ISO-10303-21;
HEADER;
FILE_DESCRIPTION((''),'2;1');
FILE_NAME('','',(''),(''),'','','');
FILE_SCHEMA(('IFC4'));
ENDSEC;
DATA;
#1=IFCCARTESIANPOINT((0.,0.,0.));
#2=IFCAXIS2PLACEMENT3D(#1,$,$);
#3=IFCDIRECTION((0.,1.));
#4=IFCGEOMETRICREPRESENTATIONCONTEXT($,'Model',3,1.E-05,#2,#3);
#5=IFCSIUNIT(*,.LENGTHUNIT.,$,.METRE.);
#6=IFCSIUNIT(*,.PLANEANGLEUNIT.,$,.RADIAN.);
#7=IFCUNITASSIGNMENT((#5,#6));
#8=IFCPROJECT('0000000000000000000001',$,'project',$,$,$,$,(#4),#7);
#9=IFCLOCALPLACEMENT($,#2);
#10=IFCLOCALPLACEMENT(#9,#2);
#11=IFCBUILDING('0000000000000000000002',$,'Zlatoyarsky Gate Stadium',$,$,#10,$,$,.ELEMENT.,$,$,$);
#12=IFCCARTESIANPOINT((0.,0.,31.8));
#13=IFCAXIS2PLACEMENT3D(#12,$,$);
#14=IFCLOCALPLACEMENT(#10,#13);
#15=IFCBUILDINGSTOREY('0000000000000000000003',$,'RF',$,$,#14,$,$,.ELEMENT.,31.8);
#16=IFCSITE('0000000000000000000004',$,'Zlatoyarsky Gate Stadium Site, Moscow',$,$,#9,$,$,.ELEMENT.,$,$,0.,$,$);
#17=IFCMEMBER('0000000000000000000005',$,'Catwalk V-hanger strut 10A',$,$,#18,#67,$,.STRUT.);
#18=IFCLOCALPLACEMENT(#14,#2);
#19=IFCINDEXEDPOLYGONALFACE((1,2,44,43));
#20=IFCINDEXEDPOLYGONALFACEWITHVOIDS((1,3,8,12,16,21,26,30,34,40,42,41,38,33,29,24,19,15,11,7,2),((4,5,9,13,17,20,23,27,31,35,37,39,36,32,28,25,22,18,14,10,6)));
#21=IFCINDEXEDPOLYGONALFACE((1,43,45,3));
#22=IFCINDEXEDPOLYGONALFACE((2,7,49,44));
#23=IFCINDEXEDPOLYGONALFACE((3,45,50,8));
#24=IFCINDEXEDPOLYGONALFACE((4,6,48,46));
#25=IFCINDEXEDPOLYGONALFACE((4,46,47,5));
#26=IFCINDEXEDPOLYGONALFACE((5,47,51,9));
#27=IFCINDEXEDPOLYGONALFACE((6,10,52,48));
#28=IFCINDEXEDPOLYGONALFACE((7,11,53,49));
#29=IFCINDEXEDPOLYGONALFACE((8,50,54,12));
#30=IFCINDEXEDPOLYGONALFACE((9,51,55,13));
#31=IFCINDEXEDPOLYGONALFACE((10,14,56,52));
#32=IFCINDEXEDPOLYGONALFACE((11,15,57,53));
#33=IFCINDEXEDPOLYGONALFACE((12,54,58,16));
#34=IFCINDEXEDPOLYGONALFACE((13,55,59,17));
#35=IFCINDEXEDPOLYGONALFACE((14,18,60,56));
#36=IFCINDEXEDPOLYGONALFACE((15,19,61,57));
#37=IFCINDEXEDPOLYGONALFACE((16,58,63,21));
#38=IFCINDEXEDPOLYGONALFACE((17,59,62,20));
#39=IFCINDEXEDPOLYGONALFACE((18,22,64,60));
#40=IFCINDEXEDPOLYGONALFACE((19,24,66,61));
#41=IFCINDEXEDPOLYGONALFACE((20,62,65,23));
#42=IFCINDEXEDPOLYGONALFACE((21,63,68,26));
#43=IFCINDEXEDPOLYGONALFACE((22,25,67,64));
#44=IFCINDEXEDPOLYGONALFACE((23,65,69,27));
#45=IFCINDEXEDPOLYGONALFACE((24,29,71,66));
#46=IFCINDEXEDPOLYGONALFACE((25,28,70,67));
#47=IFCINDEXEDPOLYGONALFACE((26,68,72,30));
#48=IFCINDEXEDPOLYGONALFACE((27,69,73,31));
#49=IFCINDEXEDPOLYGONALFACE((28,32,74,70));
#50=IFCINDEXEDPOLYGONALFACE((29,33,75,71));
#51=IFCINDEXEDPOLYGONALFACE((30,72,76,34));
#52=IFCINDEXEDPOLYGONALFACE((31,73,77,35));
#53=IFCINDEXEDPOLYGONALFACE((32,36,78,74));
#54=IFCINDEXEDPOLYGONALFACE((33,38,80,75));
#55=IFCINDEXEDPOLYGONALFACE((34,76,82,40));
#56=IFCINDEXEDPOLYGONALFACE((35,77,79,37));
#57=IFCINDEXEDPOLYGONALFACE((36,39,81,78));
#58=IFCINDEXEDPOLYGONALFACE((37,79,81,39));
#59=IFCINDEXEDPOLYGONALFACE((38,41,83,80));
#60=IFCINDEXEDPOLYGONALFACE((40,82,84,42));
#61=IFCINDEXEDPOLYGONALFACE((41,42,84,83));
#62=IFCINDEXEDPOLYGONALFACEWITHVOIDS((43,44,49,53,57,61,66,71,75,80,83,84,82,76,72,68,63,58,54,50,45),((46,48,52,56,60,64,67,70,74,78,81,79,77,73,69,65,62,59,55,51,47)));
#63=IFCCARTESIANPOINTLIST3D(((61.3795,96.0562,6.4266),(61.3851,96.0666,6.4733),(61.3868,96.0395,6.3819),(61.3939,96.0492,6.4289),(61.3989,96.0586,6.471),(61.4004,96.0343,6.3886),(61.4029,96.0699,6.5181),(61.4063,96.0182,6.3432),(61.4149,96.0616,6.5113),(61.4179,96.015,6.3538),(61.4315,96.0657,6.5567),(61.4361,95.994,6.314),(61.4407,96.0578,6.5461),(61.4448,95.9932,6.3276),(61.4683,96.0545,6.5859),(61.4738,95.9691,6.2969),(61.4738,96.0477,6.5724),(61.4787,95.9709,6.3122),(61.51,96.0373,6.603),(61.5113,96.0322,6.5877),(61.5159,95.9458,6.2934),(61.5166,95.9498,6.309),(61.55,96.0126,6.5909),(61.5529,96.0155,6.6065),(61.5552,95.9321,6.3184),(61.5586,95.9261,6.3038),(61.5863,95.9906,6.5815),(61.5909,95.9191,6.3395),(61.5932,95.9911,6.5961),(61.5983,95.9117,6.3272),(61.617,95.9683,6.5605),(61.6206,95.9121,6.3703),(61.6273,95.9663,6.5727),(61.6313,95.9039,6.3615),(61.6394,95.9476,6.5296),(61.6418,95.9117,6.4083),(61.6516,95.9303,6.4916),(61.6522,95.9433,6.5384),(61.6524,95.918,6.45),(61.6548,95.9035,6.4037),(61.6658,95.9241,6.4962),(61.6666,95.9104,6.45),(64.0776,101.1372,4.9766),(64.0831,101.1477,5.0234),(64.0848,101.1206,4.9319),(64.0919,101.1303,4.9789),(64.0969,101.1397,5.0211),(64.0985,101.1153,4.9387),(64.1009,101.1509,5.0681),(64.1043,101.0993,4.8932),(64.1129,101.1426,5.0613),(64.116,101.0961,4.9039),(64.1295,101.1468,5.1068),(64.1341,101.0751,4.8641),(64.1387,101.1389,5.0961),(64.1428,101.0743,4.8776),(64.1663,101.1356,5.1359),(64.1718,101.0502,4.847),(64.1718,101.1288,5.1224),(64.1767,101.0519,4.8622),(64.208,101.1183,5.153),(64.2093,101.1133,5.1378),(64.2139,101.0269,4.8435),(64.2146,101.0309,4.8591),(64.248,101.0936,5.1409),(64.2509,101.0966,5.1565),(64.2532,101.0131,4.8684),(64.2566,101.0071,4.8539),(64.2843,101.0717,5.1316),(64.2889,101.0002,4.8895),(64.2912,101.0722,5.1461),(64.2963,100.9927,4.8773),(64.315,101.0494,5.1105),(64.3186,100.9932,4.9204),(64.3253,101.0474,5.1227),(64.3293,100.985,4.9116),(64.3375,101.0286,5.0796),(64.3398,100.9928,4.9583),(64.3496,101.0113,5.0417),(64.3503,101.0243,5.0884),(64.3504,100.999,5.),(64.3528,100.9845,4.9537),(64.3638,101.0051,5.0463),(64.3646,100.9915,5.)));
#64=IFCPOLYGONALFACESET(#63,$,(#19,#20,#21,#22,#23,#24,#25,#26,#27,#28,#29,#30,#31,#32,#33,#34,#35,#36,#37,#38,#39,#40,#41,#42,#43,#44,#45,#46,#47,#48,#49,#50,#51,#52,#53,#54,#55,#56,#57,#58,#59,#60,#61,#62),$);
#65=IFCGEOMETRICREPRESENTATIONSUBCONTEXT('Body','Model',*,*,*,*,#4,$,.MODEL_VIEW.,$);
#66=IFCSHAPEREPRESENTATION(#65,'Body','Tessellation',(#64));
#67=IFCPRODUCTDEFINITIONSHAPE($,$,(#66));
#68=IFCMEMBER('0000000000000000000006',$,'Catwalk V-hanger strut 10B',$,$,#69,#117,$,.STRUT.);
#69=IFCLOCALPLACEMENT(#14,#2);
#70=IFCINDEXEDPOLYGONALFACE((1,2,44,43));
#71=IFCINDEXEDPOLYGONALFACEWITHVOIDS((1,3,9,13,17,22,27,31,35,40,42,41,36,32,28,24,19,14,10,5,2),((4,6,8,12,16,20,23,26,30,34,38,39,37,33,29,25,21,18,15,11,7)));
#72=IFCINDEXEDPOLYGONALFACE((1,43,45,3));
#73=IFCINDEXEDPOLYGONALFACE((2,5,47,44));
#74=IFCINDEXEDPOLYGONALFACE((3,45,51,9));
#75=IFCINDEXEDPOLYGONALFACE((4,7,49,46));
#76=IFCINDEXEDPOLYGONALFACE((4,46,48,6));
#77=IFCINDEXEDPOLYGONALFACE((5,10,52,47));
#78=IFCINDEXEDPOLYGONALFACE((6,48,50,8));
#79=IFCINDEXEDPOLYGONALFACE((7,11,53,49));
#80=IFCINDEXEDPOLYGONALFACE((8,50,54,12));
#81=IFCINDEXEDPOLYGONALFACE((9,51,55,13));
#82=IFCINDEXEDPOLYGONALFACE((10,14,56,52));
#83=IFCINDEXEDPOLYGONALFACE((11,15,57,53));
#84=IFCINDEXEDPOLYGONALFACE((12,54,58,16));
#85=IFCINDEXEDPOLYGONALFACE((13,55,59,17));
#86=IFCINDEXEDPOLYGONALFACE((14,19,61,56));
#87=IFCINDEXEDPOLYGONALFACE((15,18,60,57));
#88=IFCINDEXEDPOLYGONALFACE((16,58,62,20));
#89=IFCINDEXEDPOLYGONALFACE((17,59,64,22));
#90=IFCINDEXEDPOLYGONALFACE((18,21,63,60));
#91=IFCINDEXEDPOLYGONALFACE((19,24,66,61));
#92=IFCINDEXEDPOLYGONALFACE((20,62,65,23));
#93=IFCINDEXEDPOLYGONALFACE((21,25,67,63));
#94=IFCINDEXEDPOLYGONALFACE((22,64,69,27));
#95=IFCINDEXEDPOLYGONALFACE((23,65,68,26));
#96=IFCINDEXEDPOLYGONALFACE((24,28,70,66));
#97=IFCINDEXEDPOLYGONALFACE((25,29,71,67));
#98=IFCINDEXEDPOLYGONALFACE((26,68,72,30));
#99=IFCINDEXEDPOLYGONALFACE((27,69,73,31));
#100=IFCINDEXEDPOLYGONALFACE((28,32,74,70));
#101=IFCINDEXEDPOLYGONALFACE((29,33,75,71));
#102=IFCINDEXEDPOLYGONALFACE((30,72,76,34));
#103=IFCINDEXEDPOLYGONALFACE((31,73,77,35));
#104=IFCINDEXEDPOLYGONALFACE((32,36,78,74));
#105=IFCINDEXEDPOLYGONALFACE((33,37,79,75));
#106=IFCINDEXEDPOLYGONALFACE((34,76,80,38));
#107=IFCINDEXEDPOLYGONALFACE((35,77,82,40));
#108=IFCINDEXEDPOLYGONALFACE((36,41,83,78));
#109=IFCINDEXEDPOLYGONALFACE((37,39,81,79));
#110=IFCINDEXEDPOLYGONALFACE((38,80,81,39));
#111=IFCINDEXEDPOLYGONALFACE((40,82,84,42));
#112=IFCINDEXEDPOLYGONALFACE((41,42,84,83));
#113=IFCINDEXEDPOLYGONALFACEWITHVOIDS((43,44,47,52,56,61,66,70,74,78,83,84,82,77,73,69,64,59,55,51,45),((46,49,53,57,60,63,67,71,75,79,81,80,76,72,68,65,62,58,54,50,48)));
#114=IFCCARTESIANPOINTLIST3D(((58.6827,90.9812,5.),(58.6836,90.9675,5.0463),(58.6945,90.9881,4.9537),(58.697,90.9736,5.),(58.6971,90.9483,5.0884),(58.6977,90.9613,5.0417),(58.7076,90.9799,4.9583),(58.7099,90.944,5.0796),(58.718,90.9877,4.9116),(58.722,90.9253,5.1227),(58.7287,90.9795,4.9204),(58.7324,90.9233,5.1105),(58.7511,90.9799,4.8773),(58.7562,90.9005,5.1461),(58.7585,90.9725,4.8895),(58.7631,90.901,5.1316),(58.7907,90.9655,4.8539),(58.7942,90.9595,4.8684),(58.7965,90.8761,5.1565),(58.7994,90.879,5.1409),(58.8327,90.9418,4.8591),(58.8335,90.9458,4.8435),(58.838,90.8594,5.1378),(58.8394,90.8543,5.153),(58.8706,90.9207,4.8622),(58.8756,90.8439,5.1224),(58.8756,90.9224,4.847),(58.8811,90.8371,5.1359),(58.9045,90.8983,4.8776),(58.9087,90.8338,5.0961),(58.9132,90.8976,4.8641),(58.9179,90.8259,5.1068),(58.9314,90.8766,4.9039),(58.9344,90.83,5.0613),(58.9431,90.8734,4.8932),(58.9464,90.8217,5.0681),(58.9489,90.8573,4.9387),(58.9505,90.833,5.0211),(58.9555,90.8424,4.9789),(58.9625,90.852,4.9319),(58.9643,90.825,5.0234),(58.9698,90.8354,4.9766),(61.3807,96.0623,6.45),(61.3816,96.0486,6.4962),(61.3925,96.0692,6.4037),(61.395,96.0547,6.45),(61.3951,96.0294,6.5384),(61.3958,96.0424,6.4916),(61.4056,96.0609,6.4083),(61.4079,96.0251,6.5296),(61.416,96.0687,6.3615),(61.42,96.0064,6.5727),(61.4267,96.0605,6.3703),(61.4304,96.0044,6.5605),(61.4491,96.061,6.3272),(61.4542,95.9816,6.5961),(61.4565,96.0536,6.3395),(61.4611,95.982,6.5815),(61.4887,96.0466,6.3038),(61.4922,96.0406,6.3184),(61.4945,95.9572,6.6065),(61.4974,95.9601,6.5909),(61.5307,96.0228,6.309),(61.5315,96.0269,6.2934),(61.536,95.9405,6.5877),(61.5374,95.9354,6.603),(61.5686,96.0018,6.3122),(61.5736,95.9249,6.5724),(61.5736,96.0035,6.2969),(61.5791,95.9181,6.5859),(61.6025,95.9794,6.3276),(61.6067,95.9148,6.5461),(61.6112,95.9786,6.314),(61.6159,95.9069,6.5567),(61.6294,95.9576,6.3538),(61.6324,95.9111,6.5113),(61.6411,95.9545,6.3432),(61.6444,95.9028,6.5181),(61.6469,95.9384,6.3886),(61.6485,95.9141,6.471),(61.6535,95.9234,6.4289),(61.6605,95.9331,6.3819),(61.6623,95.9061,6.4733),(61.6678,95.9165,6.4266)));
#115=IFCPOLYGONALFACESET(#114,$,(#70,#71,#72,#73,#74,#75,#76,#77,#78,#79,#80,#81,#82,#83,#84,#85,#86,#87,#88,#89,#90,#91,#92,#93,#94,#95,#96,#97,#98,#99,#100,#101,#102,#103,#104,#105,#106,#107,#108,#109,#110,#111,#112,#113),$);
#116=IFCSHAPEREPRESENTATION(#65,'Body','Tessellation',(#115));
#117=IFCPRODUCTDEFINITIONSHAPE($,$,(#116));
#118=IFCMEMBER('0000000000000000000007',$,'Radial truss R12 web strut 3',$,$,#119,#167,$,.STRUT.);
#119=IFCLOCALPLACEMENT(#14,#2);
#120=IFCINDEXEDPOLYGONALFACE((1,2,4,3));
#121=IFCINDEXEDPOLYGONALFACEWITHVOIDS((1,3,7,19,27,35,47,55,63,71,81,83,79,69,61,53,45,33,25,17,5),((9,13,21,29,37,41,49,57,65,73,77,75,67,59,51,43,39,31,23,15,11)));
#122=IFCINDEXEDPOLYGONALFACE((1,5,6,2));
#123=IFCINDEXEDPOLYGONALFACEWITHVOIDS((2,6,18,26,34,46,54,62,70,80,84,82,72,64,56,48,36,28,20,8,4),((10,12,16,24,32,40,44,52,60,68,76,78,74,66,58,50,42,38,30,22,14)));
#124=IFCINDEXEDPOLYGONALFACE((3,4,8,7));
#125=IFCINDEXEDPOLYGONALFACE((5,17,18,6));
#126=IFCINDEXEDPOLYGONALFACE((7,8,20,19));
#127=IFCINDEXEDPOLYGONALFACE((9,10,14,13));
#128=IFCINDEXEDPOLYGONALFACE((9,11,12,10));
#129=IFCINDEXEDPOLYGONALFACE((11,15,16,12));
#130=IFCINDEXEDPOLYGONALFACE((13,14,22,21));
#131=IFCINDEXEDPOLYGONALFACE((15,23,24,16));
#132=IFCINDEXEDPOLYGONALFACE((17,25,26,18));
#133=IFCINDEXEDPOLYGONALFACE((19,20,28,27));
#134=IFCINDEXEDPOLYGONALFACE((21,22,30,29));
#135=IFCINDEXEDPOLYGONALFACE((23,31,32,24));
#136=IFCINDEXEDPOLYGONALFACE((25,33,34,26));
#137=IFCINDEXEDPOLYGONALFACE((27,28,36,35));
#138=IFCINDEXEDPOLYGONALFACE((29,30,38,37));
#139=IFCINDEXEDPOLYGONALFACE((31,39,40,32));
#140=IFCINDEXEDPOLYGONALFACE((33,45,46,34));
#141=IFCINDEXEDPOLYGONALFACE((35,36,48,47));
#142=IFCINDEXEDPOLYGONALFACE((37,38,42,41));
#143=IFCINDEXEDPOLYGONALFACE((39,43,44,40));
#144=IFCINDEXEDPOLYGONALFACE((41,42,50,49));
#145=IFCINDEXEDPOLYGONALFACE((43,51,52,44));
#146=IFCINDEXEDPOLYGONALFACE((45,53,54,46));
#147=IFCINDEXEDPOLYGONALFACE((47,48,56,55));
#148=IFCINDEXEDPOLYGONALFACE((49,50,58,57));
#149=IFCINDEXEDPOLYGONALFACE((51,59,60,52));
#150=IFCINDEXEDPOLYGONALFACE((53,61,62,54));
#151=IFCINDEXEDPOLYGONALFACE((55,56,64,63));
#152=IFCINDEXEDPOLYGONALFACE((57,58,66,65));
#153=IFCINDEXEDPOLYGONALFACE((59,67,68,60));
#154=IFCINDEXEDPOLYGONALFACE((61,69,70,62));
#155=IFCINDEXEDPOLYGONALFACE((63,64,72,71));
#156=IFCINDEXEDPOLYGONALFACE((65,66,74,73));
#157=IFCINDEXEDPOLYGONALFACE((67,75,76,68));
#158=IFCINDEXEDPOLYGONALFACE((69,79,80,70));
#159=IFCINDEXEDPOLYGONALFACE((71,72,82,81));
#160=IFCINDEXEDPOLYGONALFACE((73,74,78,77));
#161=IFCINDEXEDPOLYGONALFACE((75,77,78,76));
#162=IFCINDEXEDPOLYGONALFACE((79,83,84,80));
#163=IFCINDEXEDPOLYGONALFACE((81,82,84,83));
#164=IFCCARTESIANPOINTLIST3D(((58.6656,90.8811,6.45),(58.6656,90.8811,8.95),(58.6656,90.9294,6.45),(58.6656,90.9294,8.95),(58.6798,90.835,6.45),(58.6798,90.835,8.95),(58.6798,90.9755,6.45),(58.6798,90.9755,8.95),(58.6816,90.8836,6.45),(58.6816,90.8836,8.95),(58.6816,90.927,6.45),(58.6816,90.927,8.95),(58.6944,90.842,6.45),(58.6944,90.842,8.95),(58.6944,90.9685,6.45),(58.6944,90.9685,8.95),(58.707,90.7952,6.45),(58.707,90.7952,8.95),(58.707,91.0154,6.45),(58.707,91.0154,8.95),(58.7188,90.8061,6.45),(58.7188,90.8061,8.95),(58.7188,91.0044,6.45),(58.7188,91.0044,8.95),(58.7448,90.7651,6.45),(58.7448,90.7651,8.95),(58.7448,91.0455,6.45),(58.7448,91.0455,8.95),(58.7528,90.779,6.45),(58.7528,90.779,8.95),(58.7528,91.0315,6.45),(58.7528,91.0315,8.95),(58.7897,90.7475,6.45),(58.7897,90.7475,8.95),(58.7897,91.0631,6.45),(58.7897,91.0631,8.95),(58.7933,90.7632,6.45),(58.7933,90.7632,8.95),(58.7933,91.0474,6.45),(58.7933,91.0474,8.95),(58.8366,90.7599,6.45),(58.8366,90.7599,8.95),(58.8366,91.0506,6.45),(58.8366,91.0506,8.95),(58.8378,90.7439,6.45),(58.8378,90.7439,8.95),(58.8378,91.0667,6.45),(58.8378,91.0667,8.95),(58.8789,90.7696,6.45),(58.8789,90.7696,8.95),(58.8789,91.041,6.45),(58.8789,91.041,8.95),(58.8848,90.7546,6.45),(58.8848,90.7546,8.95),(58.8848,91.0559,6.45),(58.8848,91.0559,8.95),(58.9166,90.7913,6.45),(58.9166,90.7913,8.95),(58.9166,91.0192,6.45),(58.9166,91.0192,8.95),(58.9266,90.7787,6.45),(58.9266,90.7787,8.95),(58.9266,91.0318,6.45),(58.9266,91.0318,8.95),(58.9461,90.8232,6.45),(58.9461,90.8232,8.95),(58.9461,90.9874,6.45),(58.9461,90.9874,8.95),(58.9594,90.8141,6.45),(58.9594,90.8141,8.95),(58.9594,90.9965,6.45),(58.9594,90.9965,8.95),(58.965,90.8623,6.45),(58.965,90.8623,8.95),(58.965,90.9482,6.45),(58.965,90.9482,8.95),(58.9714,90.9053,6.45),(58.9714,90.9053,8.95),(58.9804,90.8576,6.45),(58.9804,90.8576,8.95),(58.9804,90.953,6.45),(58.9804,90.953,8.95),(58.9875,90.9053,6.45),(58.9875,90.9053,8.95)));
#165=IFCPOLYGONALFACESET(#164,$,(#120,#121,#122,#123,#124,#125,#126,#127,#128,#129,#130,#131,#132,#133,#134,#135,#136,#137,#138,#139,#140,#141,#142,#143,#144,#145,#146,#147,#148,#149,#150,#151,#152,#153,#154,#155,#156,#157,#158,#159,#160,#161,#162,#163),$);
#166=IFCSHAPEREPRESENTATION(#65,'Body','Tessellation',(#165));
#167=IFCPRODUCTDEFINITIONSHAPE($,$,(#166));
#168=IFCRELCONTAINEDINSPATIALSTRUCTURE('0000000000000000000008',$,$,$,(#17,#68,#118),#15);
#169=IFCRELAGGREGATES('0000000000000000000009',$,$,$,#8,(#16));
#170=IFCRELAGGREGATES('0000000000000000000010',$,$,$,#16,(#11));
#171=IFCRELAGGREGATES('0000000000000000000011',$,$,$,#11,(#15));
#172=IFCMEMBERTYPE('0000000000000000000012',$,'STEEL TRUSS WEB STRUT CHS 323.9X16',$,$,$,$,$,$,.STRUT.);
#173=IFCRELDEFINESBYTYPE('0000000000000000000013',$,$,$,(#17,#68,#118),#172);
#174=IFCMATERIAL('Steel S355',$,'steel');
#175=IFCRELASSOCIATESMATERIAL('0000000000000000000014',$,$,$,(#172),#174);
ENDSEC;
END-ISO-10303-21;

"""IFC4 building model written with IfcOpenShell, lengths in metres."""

from ifc_helpers import new_model, si_unit, direction, frame, origin, origin_2d, place, context, subcontext, project, spatial, hollow_circle, extrude, material, material_profile, profile_set, type_object, element, save


model = new_model("IFC4")

# Units and contexts
model_context = context("Model", 3, precision=1e-05, world=origin(), true_north=direction((0.0, 1.0)))
body_context = subcontext(model_context, "Body", "Model", "MODEL_VIEW")
ifc_project = project(units=[si_unit("LENGTHUNIT", "METRE"), si_unit("PLANEANGLEUNIT", "RADIAN")], contexts=[model_context])

# Site, building, storey
site_placement = place(None, origin())
site = spatial("IfcSite", under=ifc_project, at=site_placement, Name="Zlatoyarsky Gate Stadium Site, Moscow", CompositionType="ELEMENT", RefElevation=0.0)
building_placement = place(site_placement, origin())
building = spatial("IfcBuilding", under=site, at=building_placement, Name="Zlatoyarsky Gate Stadium", CompositionType="ELEMENT")
storey_placement = place(building_placement, frame((0.0, 0.0, 31.8)))
storey = spatial("IfcBuildingStorey", under=building, at=storey_placement, Name="RF", CompositionType="ELEMENT", Elevation=31.8)

# Shared definitions
ifc_material = material(Name="Steel S355", Category="steel")

# Members
ifc_material_profile_1 = material_profile(ifc_material, hollow_circle(Radius=0.1619, WallThickness=0.0161, at=origin_2d()), Name="CHS 323.9X16")
ifc_profile_set_1 = profile_set([ifc_material_profile_1], Name="Steel S355")
member_type_1 = type_object("IfcMemberType", Name="STEEL TRUSS WEB STRUT CHS 323.9X16", PredefinedType="STRUT", material=ifc_profile_set_1)
for number, where, z_axis, x_axis, name in (
    (1, (64.2217, 101.0674, 5.0), (-0.454756, -0.856428, 0.244394), (0.88321, -0.468977, 0.0), "Catwalk V-hanger strut 10A"),
    (2, (58.8257, 90.9053, 5.0), (0.454756, 0.856428, 0.244394), (-0.88321, 0.468977, 0.0), "Catwalk V-hanger strut 10B"),
):
    element("IfcMember", number, at=place(storey_placement, frame(where, z_axis=z_axis, x_axis=x_axis)), inside=storey, type_object=member_type_1, Name=name, PredefinedType="STRUT", context=body_context, shape_type="SweptSolid", body=[
        extrude(hollow_circle(Radius=0.1619, WallThickness=0.0161, at=origin_2d()), origin(), (0.0, 0.0, 1.0), 5.9329),
    ])
member_1_placement = place(storey_placement, frame((58.8257, 90.9053, 6.45), z_axis=(0.0, 0.0, 1.0), x_axis=(1.0, 0.0, 0.0)))
element("IfcMember", 3, at=member_1_placement, inside=storey, type_object=member_type_1, Name="Radial truss R12 web strut 3", PredefinedType="STRUT", context=body_context, shape_type="SweptSolid", body=[
    extrude(hollow_circle(Radius=0.1619, WallThickness=0.0161, at=origin_2d()), origin(), (0.0, 0.0, 1.0), 2.5),
])

save(model, "model.ifc")
